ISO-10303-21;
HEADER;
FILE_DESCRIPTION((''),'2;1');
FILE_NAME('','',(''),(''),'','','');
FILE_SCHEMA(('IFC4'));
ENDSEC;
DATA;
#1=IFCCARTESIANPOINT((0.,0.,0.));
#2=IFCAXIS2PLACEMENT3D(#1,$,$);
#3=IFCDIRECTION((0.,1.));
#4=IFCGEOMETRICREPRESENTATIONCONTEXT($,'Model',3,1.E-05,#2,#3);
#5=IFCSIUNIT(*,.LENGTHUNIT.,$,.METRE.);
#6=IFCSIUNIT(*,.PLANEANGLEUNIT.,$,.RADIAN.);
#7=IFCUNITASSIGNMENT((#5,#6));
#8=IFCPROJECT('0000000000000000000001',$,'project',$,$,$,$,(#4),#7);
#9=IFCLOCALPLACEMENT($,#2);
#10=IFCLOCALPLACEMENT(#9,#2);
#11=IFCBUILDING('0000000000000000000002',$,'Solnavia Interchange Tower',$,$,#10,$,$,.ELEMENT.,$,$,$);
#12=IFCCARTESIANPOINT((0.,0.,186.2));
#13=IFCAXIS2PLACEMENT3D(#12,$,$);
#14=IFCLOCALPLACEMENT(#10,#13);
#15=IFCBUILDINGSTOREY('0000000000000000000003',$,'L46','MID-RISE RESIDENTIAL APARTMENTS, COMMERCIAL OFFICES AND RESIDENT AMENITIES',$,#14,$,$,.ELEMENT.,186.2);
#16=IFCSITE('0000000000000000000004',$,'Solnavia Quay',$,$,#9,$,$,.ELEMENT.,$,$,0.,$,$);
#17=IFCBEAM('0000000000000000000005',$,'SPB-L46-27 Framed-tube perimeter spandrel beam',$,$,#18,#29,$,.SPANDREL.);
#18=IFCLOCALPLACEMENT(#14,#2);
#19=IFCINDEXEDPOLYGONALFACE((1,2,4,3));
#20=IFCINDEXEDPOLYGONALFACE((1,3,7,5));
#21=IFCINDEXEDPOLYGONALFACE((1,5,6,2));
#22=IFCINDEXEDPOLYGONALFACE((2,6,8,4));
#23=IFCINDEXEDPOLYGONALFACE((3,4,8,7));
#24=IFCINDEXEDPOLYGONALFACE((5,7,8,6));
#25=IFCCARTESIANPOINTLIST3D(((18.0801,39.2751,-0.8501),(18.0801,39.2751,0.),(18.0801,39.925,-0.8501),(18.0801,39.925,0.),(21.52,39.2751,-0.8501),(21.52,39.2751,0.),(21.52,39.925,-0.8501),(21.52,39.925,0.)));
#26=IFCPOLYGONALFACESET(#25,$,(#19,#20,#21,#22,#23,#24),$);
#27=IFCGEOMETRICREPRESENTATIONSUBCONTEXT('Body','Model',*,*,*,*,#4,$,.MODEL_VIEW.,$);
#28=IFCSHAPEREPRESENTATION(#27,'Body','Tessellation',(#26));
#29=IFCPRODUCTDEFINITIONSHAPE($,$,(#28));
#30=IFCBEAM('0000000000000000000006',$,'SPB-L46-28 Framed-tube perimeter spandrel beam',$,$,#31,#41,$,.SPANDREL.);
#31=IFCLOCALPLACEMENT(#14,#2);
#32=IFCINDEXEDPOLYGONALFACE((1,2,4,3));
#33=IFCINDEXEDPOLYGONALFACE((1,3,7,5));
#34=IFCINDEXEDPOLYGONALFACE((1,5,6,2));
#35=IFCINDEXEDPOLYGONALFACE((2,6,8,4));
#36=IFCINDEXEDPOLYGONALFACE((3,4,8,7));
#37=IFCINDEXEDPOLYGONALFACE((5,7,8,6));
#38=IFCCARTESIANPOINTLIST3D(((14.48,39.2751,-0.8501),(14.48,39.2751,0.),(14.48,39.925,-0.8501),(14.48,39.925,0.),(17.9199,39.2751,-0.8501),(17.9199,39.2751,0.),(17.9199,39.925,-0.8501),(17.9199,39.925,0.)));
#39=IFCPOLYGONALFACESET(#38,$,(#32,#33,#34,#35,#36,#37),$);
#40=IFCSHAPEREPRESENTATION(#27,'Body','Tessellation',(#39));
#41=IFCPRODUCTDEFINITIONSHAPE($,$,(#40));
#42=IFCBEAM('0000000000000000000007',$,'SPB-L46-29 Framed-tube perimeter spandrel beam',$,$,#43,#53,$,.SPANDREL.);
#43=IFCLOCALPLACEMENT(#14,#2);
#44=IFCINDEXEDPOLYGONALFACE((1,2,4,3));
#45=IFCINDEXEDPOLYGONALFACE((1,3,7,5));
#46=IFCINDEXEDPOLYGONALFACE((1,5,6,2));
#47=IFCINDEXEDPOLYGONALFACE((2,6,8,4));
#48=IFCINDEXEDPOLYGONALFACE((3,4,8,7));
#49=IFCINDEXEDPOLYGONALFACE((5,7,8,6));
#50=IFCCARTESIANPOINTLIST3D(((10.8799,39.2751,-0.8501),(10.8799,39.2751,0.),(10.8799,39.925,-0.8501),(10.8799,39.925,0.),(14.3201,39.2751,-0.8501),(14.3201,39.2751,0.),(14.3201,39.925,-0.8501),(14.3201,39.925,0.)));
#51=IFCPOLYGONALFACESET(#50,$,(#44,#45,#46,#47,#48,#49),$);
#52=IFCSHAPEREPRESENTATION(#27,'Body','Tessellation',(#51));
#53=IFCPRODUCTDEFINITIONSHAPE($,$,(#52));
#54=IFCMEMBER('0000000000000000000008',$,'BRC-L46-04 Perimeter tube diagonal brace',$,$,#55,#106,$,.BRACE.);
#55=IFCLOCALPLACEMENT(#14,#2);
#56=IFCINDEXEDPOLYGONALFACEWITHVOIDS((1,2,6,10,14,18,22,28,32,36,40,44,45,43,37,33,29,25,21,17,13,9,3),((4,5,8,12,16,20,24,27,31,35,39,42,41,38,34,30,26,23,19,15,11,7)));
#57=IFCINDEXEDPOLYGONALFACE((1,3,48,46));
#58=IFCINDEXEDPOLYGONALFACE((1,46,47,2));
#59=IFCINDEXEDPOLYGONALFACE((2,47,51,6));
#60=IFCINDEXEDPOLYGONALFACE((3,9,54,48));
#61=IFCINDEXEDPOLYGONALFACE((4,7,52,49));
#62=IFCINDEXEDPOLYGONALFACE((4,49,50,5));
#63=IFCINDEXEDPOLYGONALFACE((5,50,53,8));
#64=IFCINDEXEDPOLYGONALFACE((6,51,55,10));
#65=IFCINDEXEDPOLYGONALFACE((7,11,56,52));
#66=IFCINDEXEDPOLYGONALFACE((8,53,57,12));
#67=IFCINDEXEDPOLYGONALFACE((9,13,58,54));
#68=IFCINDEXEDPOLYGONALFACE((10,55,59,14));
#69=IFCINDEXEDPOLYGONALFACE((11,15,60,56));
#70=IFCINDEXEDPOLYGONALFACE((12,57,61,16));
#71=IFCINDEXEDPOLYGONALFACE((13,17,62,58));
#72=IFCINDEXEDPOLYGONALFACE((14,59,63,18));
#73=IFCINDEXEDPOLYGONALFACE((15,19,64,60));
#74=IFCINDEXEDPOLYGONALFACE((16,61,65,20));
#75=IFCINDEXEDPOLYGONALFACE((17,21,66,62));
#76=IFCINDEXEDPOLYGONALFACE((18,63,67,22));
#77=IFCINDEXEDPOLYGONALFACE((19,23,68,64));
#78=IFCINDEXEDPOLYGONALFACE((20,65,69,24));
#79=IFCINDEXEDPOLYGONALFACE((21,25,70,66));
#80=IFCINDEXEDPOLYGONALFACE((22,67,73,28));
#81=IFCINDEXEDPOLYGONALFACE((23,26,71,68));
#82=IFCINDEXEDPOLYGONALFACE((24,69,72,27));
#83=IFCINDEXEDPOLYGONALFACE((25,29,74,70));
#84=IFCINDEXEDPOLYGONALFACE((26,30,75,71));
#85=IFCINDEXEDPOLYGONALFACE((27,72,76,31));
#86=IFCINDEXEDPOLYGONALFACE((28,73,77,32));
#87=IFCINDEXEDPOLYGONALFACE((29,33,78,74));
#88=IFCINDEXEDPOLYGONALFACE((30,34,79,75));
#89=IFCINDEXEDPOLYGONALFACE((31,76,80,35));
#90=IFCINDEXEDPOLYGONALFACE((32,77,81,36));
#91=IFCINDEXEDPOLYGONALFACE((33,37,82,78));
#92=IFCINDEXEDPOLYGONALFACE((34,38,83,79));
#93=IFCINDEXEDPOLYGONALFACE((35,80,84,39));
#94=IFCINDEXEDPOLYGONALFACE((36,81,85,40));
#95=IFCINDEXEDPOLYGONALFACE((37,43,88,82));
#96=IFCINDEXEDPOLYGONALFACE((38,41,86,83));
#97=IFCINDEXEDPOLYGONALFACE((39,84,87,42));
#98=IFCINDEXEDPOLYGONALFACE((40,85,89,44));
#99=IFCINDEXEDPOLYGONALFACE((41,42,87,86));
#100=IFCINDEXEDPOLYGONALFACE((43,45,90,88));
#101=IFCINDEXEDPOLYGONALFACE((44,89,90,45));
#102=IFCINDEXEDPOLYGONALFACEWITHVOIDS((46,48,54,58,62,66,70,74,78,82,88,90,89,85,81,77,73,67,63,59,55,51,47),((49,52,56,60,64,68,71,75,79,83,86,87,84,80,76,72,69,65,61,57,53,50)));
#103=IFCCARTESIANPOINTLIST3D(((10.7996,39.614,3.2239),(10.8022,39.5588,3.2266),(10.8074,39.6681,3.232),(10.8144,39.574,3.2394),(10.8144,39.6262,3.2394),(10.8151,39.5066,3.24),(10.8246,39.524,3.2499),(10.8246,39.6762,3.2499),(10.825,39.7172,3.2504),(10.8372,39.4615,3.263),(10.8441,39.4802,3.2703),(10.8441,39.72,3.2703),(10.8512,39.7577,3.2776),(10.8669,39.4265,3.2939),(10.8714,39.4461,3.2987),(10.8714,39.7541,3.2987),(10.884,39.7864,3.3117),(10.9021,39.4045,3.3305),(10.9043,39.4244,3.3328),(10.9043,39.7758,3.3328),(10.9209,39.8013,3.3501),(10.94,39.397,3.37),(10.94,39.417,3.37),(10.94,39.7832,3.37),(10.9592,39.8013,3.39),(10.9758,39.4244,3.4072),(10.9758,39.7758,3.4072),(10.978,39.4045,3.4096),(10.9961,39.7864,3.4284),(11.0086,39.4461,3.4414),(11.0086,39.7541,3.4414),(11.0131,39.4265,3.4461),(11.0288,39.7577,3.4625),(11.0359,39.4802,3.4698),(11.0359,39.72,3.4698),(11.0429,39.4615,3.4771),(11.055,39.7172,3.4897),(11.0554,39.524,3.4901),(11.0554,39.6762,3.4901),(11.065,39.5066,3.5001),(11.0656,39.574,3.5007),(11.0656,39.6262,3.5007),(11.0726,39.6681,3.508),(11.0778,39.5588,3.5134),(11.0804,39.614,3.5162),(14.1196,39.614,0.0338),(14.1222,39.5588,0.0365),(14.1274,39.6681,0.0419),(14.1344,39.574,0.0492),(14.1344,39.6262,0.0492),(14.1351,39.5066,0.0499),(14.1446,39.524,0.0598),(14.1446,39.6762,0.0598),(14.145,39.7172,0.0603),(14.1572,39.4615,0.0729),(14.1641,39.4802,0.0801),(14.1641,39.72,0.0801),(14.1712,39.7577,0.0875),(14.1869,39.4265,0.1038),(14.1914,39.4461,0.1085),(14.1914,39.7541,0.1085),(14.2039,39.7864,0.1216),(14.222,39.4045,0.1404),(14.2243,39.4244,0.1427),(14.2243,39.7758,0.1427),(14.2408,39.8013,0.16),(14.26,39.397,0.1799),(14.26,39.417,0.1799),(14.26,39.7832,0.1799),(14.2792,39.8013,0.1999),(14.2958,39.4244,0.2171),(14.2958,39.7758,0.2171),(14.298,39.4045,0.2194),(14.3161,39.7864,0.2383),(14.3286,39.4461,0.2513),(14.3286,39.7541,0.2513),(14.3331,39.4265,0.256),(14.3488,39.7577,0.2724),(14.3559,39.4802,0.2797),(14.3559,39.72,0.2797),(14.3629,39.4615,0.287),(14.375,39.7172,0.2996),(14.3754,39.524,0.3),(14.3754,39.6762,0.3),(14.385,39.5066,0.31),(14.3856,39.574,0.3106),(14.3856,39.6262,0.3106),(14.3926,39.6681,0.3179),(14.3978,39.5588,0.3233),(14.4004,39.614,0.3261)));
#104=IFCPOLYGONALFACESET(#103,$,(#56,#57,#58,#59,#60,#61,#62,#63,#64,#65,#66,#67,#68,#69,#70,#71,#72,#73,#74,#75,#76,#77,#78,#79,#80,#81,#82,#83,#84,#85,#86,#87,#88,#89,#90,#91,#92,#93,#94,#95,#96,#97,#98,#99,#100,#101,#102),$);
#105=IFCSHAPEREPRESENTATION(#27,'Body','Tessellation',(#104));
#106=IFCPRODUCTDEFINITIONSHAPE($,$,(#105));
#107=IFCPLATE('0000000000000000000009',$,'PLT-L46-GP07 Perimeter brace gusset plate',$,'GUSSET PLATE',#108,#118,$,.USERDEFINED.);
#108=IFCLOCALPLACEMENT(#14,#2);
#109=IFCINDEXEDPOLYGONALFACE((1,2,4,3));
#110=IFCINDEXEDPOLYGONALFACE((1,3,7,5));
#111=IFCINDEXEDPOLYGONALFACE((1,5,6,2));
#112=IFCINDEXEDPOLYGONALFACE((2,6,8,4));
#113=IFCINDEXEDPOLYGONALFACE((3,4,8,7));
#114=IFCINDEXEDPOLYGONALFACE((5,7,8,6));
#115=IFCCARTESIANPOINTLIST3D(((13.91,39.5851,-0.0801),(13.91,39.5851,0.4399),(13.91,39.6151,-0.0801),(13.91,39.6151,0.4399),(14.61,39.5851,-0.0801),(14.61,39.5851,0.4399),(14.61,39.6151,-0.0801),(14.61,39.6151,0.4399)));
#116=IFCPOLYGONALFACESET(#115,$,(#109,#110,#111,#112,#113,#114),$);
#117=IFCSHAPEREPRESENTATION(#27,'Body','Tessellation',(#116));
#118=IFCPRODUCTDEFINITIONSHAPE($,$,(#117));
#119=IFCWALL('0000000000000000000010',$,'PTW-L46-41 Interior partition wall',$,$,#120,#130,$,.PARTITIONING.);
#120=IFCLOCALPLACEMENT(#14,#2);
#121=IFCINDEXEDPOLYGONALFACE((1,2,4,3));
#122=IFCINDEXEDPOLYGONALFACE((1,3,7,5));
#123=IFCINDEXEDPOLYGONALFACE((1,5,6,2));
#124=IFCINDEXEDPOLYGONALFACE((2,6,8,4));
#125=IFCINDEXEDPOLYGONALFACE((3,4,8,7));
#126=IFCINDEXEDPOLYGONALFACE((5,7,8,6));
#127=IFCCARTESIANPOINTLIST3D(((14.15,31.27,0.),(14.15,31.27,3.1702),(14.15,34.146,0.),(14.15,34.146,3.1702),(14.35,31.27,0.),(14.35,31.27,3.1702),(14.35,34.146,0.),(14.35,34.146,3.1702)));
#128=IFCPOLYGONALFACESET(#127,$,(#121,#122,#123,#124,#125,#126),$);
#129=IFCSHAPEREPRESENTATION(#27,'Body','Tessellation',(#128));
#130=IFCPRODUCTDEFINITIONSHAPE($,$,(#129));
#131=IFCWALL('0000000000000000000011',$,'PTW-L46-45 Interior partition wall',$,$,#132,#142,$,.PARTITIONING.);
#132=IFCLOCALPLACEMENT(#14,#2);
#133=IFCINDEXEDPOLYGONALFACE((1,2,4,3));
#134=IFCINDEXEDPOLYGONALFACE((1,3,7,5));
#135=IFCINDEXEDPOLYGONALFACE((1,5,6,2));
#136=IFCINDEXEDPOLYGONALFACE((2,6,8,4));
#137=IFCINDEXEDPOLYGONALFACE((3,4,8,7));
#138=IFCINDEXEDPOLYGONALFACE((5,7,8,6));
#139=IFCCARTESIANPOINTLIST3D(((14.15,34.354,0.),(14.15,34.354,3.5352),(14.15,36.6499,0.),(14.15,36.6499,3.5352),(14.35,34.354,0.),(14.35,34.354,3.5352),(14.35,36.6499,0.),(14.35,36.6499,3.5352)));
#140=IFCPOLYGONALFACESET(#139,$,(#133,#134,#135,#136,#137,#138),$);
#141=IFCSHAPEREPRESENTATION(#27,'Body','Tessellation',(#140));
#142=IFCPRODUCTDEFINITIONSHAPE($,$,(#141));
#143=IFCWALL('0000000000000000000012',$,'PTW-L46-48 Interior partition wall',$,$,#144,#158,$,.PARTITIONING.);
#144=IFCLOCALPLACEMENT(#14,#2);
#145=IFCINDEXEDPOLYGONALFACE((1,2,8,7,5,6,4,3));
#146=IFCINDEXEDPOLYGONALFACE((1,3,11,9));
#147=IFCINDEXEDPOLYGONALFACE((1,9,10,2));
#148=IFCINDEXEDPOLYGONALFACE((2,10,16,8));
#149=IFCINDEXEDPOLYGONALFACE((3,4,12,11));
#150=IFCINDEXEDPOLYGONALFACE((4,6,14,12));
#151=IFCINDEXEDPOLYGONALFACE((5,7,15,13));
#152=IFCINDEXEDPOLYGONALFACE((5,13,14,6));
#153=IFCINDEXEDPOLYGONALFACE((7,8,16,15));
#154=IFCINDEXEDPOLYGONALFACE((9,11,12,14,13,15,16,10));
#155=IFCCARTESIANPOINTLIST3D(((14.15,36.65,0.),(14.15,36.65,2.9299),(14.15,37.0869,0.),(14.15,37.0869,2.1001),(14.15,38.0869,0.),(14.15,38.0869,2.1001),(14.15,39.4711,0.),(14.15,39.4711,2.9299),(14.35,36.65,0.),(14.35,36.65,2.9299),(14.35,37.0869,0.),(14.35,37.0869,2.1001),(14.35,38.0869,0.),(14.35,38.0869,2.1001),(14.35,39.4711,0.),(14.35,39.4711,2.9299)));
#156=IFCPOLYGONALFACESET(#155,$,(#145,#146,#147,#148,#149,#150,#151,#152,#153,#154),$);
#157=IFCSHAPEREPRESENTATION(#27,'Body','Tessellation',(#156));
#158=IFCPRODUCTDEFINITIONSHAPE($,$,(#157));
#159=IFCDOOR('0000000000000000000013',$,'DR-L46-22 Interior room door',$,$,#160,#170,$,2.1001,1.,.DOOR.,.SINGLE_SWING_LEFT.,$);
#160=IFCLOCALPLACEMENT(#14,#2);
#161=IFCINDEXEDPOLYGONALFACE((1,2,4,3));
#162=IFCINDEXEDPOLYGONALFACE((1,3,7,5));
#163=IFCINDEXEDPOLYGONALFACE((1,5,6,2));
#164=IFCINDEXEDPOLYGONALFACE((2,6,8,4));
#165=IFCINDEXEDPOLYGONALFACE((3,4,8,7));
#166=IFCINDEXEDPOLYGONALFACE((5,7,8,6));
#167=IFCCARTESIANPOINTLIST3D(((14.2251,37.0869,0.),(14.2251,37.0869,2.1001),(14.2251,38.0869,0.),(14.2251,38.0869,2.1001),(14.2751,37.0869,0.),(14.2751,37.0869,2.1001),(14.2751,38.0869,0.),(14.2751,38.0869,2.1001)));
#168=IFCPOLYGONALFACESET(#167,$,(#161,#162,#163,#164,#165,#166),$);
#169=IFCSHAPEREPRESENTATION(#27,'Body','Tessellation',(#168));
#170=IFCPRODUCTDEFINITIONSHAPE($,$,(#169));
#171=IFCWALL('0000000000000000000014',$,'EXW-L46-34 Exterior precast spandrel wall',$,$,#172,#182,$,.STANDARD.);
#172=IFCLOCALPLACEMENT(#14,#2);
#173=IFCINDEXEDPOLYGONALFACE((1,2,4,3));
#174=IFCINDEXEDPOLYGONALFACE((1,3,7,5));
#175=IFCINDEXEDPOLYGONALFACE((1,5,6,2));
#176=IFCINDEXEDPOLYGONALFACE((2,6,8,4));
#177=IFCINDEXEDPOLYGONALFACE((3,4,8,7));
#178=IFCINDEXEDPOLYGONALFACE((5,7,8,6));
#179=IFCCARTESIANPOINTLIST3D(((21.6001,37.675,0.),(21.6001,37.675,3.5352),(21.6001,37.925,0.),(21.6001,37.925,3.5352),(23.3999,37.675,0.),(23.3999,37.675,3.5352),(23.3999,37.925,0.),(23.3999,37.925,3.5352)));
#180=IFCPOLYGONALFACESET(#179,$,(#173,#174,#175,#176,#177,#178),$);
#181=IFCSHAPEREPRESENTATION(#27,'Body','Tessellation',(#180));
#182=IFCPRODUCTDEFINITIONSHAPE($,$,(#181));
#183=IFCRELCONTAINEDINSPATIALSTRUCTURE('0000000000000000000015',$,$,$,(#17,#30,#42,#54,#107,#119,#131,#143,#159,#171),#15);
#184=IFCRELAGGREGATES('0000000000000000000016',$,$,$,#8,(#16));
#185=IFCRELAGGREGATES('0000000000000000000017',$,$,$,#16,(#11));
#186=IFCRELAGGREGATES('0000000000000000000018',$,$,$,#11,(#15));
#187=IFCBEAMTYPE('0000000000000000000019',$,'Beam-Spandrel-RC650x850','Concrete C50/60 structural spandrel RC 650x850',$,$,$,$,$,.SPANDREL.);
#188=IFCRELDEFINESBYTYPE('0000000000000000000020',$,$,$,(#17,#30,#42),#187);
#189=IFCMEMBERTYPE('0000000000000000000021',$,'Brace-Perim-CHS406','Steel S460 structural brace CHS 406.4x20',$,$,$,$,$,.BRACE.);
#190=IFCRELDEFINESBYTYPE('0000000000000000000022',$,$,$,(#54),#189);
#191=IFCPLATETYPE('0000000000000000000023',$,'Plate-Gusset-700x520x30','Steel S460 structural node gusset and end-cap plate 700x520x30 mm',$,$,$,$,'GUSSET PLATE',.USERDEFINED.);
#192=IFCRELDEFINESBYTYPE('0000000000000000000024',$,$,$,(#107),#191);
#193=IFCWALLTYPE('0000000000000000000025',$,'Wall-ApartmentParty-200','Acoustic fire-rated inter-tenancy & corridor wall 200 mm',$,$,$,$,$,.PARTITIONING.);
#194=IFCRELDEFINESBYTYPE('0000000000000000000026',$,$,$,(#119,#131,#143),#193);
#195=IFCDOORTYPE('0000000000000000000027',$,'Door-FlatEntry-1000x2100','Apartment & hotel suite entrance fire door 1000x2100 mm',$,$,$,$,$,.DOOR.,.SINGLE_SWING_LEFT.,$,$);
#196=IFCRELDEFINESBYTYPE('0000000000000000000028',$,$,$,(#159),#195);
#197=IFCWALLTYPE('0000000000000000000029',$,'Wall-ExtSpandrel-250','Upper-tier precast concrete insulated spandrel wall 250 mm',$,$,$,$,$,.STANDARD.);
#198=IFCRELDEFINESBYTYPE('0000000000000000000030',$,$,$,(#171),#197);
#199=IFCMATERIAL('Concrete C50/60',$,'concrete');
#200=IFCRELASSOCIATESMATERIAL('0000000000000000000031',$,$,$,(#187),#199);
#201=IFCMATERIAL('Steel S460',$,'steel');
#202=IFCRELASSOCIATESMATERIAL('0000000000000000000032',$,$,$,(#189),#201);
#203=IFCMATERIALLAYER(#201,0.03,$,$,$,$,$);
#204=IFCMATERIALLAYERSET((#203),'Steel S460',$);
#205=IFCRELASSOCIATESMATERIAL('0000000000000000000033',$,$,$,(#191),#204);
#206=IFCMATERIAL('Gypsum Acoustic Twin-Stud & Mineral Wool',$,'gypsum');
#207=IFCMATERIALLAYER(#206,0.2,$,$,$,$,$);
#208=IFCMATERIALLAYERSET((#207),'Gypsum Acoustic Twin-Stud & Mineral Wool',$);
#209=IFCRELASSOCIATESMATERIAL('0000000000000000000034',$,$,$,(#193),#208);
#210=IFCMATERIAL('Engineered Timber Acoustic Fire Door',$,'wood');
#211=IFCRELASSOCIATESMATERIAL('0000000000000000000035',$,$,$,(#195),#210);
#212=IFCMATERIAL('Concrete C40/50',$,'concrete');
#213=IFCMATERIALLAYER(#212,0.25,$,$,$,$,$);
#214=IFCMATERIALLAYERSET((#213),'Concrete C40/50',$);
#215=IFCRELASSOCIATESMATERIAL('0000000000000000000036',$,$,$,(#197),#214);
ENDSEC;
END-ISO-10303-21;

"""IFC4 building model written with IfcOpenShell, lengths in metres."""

from ifc_helpers import new_model, si_unit, direction, frame, frame_2d, origin, origin_2d, place, context, subcontext, project, spatial, rectangle, hollow_circle, extrude, material, layer, layer_set, material_profile, profile_set, type_object, element, fill, save


model = new_model("IFC4")

# Units and contexts
model_context = context("Model", 3, precision=1e-05, world=origin(), true_north=direction((0.0, 1.0)))
body_context = subcontext(model_context, "Body", "Model", "MODEL_VIEW")
ifc_project = project(units=[si_unit("LENGTHUNIT", "METRE"), si_unit("PLANEANGLEUNIT", "RADIAN")], contexts=[model_context])

# Site, building, storey
site_placement = place(None, origin())
site = spatial("IfcSite", under=ifc_project, at=site_placement, Name="Solnavia Quay", CompositionType="ELEMENT", RefElevation=0.0)
building_placement = place(site_placement, origin())
building = spatial("IfcBuilding", under=site, at=building_placement, Name="Solnavia Interchange Tower", CompositionType="ELEMENT")
storey_placement = place(building_placement, frame((0.0, 0.0, 186.2)))
storey = spatial("IfcBuildingStorey", under=building, at=storey_placement, Name="L46", Description="MID-RISE RESIDENTIAL APARTMENTS, COMMERCIAL OFFICES AND RESIDENT AMENITIES", CompositionType="ELEMENT", Elevation=186.2)

# Shared definitions
ifc_material_1 = material(Name="Concrete C50/60", Category="concrete")

# Beams
ifc_material_2 = material(Name="Steel S460", Category="steel")
ifc_material_profile_1 = material_profile(ifc_material_1, rectangle(XDim=0.6499, YDim=0.8501, at=origin_2d()), Name="RC 650x850")
ifc_profile_set_1 = profile_set([ifc_material_profile_1], Name="Concrete C50/60")
beam_type_1 = type_object("IfcBeamType", Name="Beam-Spandrel-RC650x850", Description="Concrete C50/60 structural spandrel RC 650x850", PredefinedType="SPANDREL", material=ifc_profile_set_1)
for number, where, z_axis, x_axis, name in (
    (1, (21.52, 39.6001, -0.425), (-1.0, 0.0, 0.0), (0.0, -1.0, 0.0), "SPB-L46-27 Framed-tube perimeter spandrel beam"),
    (2, (17.9199, 39.6001, -0.425), (-1.0, 0.0, 0.0), (0.0, -1.0, 0.0), "SPB-L46-28 Framed-tube perimeter spandrel beam"),
):
    element("IfcBeam", number, at=place(storey_placement, frame(where, z_axis=z_axis, x_axis=x_axis)), inside=storey, type_object=beam_type_1, Name=name, PredefinedType="SPANDREL", context=body_context, shape_type="SweptSolid", body=[
        extrude(rectangle(XDim=0.6499, YDim=0.8501, at=origin_2d()), origin(), (0.0, 0.0, 1.0), 3.4399),
    ])
beam_placement = place(storey_placement, frame((14.3201, 39.6001, -0.425), z_axis=(-1.0, 0.0, 0.0), x_axis=(0.0, -1.0, 0.0)))
element("IfcBeam", 3, at=beam_placement, inside=storey, type_object=beam_type_1, Name="SPB-L46-29 Framed-tube perimeter spandrel beam", PredefinedType="SPANDREL", context=body_context, shape_type="SweptSolid", body=[
    extrude(rectangle(XDim=0.6499, YDim=0.8501, at=origin_2d()), origin(), (0.0, 0.0, 1.0), 3.4402),
])

# Member
ifc_material_profile_2 = material_profile(ifc_material_2, hollow_circle(Radius=0.2031, WallThickness=0.02, at=origin_2d()), Name="CHS 406.4x20")
ifc_profile_set_2 = profile_set([ifc_material_profile_2], Name="Steel S460")
member_type = type_object("IfcMemberType", Name="Brace-Perim-CHS406", Description="Steel S460 structural brace CHS 406.4x20", PredefinedType="BRACE", material=ifc_profile_set_2)
member_placement = place(storey_placement, frame((14.26, 39.6001, 0.1799), z_axis=(-0.72107, 0.0, 0.692862), x_axis=(0.0, -1.0, 0.0)))
element("IfcMember", 4, at=member_placement, inside=storey, type_object=member_type, Name="BRC-L46-04 Perimeter tube diagonal brace", PredefinedType="BRACE", context=body_context, shape_type="SweptSolid", body=[
    extrude(hollow_circle(Radius=0.2031, WallThickness=0.02, at=origin_2d()), origin(), (0.0, 0.0, 1.0), 4.6042),
])

# Plate
ifc_layer_1 = layer(ifc_material_2, 0.03)
ifc_layer_set_1 = layer_set([ifc_layer_1], Name="Steel S460")
plate_type = type_object("IfcPlateType", Name="Plate-Gusset-700x520x30", Description="Steel S460 structural node gusset and end-cap plate 700x520x30 mm", ElementType="GUSSET PLATE", PredefinedType="USERDEFINED", material=ifc_layer_set_1)
plate_placement = place(storey_placement, frame((14.26, 39.6001, -0.0801), z_axis=(0.0, 0.0, 1.0), x_axis=(-1.0, 0.0, 0.0)))
element("IfcPlate", 5, at=plate_placement, inside=storey, type_object=plate_type, Name="PLT-L46-GP07 Perimeter brace gusset plate", ObjectType="GUSSET PLATE", PredefinedType="USERDEFINED", context=body_context, shape_type="SweptSolid", body=[
    extrude(rectangle(XDim=0.7, YDim=0.03, at=origin_2d()), origin(), (0.0, 0.0, 1.0), 0.52),
])

# Walls
ifc_material_3 = material(Name="Gypsum Acoustic Twin-Stud & Mineral Wool", Category="gypsum")
ifc_layer_2 = layer(ifc_material_3, 0.2)
ifc_layer_set_2 = layer_set([ifc_layer_2], Name="Gypsum Acoustic Twin-Stud & Mineral Wool")
wall_type_1 = type_object("IfcWallType", Name="Wall-ApartmentParty-200", Description="Acoustic fire-rated inter-tenancy & corridor wall 200 mm", PredefinedType="PARTITIONING", material=ifc_layer_set_2)
wall_1_placement = place(storey_placement, frame((14.25, 31.27, 0.0), z_axis=(0.0, 0.0, 1.0), x_axis=(0.0, 1.0, 0.0)))
element("IfcWall", 6, at=wall_1_placement, inside=storey, type_object=wall_type_1, Name="PTW-L46-41 Interior partition wall", PredefinedType="PARTITIONING", context=body_context, shape_type="SweptSolid", body=[
    extrude(rectangle(XDim=2.876, YDim=0.2, at=frame_2d((1.438, 0.0))), origin(), (0.0, 0.0, 1.0), 3.1702),
])
wall_2_placement = place(storey_placement, frame((14.25, 34.354, 0.0), z_axis=(0.0, 0.0, 1.0), x_axis=(0.0, 1.0, 0.0)))
element("IfcWall", 7, at=wall_2_placement, inside=storey, type_object=wall_type_1, Name="PTW-L46-45 Interior partition wall", PredefinedType="PARTITIONING", context=body_context, shape_type="SweptSolid", body=[
    extrude(rectangle(XDim=2.2959, YDim=0.2, at=frame_2d((1.1479, 0.0))), origin(), (0.0, 0.0, 1.0), 3.5352),
])

# Wall, opening, door
wall_3_placement = place(storey_placement, frame((14.25, 36.6499, 0.0), z_axis=(0.0, 0.0, 1.0), x_axis=(0.0, 1.0, 0.0)))
wall_3 = element("IfcWall", 8, at=wall_3_placement, inside=storey, type_object=wall_type_1, Name="PTW-L46-48 Interior partition wall", PredefinedType="PARTITIONING", context=body_context, shape_type="SweptSolid", body=[
    extrude(rectangle(XDim=2.821, YDim=0.2, at=frame_2d((1.4106, 0.0))), origin(), (0.0, 0.0, 1.0), 2.9299),
])
opening_1_placement = place(wall_3_placement, frame((0.437, 0.0, 0.0)))
opening_1 = element("IfcOpeningElement", 9, at=opening_1_placement, cuts=wall_3, PredefinedType="OPENING", context=body_context, shape_type="SweptSolid", body=[
    extrude(rectangle(XDim=1.0, YDim=2.1001, at=frame_2d((0.5, 1.05))), frame((0.0, 0.1099, 0.0), z_axis=(0.0, -1.0, 0.0), x_axis=(1.0, 0.0, 0.0)), (0.0, 0.0, 1.0), 0.22),
])
ifc_material_4 = material(Name="Engineered Timber Acoustic Fire Door", Category="wood")
door_type = type_object("IfcDoorType", Name="Door-FlatEntry-1000x2100", Description="Apartment & hotel suite entrance fire door 1000x2100 mm", OperationType="SINGLE_SWING_LEFT", PredefinedType="DOOR", material=ifc_material_4)
door_placement = place(opening_1_placement, origin())
door = element("IfcDoor", 10, at=door_placement, inside=storey, type_object=door_type, Name="DR-L46-22 Interior room door", OperationType="SINGLE_SWING_LEFT", OverallHeight=2.1001, OverallWidth=1.0, PredefinedType="DOOR", context=body_context, shape_type="SweptSolid", body=[
    extrude(rectangle(XDim=1.0, YDim=2.1001, at=frame_2d((0.5, 1.05))), frame((0.0, 0.0249, 0.0), z_axis=(0.0, -1.0, 0.0), x_axis=(1.0, 0.0, 0.0)), (0.0, 0.0, 1.0), 0.05),
])
fill(opening_1, door)

# Wall
ifc_material_5 = material(Name="Concrete C40/50", Category="concrete")
ifc_layer_3 = layer(ifc_material_5, 0.25)
ifc_layer_set_3 = layer_set([ifc_layer_3], Name="Concrete C40/50")
wall_type_2 = type_object("IfcWallType", Name="Wall-ExtSpandrel-250", Description="Upper-tier precast concrete insulated spandrel wall 250 mm", PredefinedType="STANDARD", material=ifc_layer_set_3)
wall_4_placement = place(storey_placement, frame((21.6001, 37.8, 0.0), z_axis=(0.0, 0.0, 1.0), x_axis=(1.0, 0.0, 0.0)))
element("IfcWall", 11, at=wall_4_placement, inside=storey, type_object=wall_type_2, Name="EXW-L46-34 Exterior precast spandrel wall", PredefinedType="STANDARD", context=body_context, shape_type="SweptSolid", body=[
    extrude(rectangle(XDim=1.7998, YDim=0.25, at=frame_2d((0.8999, 0.0))), origin(), (0.0, 0.0, 1.0), 3.5352),
])

save(model, "model.ifc")
